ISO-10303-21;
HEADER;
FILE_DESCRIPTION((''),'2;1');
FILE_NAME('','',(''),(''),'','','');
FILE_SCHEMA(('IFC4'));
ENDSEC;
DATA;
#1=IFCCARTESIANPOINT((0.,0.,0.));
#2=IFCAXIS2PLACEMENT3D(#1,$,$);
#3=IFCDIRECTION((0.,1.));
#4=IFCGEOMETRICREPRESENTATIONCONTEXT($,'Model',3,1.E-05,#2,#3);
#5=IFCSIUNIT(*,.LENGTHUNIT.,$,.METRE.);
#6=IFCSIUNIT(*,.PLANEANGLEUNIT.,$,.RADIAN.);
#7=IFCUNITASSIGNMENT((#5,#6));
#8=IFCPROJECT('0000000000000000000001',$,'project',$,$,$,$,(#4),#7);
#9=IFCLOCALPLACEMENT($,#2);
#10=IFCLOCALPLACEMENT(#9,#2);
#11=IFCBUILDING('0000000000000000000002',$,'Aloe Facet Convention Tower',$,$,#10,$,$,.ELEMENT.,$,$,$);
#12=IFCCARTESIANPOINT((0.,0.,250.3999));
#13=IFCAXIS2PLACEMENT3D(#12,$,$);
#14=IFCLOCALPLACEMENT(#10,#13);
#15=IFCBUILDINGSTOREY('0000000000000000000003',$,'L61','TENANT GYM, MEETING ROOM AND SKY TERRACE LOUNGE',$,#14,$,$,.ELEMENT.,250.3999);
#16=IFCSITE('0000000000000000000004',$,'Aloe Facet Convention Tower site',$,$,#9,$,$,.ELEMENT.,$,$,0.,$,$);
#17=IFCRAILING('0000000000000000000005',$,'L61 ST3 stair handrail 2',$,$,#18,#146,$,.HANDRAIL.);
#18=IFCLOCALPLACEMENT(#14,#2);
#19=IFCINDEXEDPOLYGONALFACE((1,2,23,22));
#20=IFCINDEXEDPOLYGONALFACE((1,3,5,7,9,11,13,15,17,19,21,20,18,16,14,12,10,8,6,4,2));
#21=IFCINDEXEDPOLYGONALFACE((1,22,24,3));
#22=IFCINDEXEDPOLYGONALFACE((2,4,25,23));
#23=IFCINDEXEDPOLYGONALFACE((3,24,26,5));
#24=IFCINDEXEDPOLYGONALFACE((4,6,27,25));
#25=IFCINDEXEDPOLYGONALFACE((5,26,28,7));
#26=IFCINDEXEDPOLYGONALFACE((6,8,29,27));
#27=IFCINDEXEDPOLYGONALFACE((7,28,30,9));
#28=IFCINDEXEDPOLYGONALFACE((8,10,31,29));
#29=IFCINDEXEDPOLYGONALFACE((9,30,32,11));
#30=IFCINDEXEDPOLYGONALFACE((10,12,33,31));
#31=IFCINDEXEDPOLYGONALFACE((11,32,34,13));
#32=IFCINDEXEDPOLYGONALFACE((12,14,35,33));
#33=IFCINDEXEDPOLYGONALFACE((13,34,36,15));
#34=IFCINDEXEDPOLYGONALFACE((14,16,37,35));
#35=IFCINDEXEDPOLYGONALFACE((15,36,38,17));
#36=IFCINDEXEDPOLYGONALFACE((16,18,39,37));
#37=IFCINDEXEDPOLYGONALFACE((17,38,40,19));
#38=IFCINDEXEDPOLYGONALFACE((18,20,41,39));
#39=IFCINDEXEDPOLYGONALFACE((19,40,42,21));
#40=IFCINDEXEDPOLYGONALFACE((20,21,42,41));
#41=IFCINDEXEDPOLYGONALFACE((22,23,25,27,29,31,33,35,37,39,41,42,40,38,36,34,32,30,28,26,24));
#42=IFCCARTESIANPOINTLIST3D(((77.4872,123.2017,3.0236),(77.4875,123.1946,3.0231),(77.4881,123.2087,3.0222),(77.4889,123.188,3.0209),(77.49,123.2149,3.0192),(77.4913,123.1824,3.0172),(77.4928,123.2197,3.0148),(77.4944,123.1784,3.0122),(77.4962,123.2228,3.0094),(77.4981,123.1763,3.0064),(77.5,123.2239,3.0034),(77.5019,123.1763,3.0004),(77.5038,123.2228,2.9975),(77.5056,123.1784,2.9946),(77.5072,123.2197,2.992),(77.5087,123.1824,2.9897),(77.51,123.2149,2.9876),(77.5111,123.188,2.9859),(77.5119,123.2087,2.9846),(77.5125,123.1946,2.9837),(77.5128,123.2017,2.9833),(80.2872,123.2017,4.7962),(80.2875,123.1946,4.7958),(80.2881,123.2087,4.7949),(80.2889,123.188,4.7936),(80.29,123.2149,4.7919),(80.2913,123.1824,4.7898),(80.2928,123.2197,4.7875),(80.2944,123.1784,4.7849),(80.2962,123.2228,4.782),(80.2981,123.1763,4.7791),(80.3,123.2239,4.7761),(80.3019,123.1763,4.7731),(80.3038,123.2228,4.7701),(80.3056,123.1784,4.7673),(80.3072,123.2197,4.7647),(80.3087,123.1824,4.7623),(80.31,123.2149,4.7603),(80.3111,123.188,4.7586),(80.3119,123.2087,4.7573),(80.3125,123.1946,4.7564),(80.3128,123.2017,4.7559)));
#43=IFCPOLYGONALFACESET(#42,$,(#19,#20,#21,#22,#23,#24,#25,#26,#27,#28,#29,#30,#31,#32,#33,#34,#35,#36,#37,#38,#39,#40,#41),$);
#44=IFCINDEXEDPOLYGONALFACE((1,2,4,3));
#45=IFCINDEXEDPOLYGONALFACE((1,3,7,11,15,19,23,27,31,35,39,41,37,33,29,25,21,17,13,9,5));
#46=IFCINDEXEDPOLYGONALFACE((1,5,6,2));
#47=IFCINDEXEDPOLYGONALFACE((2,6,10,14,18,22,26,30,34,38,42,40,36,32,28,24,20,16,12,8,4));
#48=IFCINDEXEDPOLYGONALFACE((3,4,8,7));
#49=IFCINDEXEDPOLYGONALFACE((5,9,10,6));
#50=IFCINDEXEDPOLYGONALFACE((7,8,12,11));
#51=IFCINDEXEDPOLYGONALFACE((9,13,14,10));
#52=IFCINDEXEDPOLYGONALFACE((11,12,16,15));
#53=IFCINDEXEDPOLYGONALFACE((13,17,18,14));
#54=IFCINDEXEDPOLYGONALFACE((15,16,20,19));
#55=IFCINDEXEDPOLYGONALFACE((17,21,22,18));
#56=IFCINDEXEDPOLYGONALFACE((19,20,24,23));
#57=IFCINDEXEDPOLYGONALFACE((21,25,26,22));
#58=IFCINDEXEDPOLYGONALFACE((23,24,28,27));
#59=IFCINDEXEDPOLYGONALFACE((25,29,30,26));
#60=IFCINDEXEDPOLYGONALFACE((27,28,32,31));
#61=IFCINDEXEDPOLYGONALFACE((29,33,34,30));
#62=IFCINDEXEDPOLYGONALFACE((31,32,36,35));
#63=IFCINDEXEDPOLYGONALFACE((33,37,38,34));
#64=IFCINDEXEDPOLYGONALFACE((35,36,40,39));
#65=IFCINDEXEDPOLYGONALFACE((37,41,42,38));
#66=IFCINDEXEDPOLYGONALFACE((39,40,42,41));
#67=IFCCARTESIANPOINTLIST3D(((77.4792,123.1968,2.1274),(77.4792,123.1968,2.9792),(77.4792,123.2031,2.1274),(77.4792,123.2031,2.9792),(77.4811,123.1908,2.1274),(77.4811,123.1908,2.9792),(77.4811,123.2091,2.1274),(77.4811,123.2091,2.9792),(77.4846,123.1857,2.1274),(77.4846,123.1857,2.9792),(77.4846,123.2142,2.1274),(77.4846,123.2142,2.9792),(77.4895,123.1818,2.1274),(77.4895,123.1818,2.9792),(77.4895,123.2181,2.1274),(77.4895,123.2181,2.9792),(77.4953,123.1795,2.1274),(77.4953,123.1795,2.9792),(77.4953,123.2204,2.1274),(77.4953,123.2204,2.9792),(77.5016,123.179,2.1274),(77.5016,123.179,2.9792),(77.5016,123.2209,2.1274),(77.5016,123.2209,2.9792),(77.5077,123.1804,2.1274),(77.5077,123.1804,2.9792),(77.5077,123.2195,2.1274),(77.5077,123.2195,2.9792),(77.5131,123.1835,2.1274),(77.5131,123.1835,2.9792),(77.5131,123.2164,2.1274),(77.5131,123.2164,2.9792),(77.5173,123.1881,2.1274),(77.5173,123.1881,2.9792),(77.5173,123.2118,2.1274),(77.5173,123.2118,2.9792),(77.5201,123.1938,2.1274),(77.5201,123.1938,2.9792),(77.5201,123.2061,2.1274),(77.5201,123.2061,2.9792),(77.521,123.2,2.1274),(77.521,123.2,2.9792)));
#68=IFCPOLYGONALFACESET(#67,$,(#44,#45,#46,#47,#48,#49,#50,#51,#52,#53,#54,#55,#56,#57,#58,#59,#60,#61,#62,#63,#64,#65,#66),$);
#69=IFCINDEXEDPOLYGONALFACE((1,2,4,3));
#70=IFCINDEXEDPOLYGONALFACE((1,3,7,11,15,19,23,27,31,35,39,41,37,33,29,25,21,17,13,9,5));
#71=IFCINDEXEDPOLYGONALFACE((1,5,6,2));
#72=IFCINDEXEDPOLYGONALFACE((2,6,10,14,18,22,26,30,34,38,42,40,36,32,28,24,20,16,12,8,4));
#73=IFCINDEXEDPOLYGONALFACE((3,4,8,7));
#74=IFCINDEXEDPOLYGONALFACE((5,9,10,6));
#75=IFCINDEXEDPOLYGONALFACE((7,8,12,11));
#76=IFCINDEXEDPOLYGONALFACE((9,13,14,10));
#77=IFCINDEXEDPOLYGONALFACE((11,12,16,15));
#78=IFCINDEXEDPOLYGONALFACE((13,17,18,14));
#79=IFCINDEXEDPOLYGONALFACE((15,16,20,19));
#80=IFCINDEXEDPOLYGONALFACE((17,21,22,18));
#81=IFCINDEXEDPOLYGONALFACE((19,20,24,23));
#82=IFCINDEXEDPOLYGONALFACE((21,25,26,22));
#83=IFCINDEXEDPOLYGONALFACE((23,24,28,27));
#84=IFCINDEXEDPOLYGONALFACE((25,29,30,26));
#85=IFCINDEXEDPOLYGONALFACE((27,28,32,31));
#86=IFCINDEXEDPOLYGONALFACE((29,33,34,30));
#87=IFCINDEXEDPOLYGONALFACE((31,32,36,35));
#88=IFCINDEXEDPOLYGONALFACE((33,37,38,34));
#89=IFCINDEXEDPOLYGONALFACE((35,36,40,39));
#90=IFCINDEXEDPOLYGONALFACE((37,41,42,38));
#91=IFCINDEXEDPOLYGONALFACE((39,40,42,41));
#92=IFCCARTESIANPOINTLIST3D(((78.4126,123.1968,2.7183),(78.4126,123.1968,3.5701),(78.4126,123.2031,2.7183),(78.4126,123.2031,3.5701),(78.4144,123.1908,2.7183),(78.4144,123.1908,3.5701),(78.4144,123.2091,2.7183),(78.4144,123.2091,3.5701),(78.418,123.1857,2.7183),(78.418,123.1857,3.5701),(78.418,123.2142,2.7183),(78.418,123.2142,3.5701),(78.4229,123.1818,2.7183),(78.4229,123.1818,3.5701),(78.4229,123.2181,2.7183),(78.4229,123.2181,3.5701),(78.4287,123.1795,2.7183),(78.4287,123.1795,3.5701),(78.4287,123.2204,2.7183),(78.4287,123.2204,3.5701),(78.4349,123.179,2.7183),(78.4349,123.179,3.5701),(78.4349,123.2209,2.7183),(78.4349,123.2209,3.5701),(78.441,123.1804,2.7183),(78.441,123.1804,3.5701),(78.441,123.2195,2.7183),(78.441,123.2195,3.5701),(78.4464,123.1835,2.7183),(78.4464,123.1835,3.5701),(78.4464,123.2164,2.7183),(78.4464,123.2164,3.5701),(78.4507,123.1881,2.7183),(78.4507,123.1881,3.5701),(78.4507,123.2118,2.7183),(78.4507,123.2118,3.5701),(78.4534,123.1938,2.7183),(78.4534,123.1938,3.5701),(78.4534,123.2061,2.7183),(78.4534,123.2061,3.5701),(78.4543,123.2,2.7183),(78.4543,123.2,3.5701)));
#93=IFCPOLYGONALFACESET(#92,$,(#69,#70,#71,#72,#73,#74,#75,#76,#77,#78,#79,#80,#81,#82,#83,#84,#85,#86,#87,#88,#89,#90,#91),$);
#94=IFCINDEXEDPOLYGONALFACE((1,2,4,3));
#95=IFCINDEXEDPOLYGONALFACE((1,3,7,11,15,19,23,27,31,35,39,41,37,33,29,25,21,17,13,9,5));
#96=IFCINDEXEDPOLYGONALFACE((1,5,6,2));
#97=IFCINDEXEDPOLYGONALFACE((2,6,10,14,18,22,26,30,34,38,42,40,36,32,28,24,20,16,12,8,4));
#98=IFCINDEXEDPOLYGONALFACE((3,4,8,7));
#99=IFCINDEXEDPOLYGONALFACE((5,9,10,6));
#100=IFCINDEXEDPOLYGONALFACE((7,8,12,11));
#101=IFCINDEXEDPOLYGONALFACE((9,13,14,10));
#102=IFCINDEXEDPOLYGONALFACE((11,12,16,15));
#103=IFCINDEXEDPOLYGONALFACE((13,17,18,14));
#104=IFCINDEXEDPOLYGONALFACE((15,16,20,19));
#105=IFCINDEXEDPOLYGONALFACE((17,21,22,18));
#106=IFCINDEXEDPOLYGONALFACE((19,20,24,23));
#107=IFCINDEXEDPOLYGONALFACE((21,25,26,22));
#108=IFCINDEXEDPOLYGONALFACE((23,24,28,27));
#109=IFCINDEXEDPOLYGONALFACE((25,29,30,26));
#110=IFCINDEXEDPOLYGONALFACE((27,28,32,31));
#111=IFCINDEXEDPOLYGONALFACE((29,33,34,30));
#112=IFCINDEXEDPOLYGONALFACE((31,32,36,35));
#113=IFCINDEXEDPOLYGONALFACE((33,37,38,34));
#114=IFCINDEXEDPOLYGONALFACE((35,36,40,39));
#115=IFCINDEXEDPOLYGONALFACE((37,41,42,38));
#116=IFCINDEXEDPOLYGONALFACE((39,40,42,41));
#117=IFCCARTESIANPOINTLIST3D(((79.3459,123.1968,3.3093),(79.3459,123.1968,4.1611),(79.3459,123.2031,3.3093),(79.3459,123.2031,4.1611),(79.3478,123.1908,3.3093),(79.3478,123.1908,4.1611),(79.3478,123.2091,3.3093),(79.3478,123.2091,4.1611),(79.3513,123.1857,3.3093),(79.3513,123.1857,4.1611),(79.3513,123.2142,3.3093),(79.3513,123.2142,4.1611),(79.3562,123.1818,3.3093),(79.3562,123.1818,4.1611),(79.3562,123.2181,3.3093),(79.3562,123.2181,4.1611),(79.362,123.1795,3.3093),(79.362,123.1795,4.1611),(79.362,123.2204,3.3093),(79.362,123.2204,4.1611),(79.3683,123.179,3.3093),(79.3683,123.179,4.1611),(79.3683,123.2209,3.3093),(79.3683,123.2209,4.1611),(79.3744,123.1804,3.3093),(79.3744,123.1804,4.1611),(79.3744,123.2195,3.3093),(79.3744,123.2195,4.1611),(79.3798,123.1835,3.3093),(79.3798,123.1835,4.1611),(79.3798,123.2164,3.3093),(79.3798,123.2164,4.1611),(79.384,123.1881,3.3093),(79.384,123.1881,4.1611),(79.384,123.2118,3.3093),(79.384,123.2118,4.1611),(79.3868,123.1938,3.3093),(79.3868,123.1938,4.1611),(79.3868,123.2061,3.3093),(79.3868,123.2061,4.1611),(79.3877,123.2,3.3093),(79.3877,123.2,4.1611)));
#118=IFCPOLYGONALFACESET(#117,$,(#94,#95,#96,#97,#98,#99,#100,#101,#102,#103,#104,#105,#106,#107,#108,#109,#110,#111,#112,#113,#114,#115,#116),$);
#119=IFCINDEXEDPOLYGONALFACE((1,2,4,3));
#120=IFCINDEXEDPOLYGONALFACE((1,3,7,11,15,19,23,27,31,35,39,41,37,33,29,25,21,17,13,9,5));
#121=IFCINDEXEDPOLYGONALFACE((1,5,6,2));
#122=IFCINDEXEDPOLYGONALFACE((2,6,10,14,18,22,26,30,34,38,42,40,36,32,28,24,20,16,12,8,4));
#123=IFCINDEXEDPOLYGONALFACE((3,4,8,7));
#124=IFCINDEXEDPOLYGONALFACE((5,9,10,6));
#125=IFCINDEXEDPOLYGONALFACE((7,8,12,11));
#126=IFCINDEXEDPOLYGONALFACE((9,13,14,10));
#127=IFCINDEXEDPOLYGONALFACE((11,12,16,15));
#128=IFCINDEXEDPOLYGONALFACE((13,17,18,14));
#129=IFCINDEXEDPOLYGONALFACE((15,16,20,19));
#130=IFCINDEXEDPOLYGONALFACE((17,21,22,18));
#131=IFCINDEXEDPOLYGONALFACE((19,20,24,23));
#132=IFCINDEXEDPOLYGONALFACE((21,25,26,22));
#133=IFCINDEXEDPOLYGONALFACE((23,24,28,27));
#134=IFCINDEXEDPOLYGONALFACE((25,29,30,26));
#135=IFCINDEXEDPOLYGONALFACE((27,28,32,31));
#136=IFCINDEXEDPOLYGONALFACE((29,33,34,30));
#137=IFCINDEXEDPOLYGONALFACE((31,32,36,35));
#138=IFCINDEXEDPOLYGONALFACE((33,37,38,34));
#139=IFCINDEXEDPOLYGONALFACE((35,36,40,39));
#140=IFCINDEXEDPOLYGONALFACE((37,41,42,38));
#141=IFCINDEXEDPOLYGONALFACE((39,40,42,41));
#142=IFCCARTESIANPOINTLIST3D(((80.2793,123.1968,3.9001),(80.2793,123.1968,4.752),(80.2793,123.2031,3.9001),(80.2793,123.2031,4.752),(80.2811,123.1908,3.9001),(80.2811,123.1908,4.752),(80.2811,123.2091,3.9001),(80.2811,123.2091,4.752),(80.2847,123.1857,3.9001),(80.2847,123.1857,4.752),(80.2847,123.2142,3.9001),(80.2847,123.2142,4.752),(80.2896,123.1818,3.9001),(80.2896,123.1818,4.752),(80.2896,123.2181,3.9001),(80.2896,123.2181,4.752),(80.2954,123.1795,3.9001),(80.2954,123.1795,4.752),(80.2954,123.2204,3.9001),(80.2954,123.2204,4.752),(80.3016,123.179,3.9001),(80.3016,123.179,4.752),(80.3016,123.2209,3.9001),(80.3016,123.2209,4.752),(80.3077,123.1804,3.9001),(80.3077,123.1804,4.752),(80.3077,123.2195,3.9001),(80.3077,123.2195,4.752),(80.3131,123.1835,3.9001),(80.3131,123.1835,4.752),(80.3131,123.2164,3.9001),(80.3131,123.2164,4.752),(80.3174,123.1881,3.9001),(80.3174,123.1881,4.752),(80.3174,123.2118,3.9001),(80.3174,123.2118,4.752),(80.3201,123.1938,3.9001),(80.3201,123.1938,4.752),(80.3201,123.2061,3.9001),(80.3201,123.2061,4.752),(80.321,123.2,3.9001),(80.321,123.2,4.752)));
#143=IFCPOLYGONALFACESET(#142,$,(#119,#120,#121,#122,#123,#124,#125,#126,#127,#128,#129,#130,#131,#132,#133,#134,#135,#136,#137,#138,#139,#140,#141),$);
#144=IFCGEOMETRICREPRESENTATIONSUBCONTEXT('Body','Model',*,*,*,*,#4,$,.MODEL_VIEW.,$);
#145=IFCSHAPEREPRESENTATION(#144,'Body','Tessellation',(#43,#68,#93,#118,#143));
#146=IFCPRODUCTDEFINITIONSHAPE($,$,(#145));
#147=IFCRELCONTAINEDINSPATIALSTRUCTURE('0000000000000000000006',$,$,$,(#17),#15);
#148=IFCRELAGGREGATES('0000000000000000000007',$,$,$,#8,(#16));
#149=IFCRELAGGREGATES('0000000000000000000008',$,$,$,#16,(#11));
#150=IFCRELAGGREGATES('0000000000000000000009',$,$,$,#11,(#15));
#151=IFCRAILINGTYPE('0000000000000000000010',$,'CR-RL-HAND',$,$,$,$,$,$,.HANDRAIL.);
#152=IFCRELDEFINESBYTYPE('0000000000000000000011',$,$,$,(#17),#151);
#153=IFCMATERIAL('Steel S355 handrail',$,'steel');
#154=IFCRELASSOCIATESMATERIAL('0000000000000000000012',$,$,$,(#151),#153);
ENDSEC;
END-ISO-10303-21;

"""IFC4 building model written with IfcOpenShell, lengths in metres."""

from ifc_helpers import new_model, si_unit, direction, frame, origin, origin_2d, place, context, subcontext, project, spatial, circle, extrude, material, type_object, element, save


model = new_model("IFC4")

# Units and contexts
model_context = context("Model", 3, precision=1e-05, world=origin(), true_north=direction((0.0, 1.0)))
body_context = subcontext(model_context, "Body", "Model", "MODEL_VIEW")
ifc_project = project(units=[si_unit("LENGTHUNIT", "METRE"), si_unit("PLANEANGLEUNIT", "RADIAN")], contexts=[model_context])

# Site, building, storey
site_placement = place(None, origin())
site = spatial("IfcSite", under=ifc_project, at=site_placement, Name="Aloe Facet Convention Tower site", CompositionType="ELEMENT", RefElevation=0.0)
building_placement = place(site_placement, origin())
building = spatial("IfcBuilding", under=site, at=building_placement, Name="Aloe Facet Convention Tower", CompositionType="ELEMENT")
storey_placement = place(building_placement, frame((0.0, 0.0, 250.3999)))
storey = spatial("IfcBuildingStorey", under=building, at=storey_placement, Name="L61", Description="TENANT GYM, MEETING ROOM AND SKY TERRACE LOUNGE", CompositionType="ELEMENT", Elevation=250.3999)

# Railing
ifc_material_1 = material(Name="Steel S355 handrail", Category="steel")
railing_type = type_object("IfcRailingType", Name="CR-RL-HAND", PredefinedType="HANDRAIL", material=ifc_material_1)
railing_placement = place(storey_placement, frame((77.5, 123.2, 2.1274)))
element("IfcRailing", 1, at=railing_placement, inside=storey, type_object=railing_type, Name="L61 ST3 stair handrail 2", PredefinedType="HANDRAIL", context=body_context, shape_type="SweptSolid", body=[
    extrude(circle(Radius=0.0239, at=origin_2d()), frame((0.0, 0.0, 0.876), z_axis=(0.844909, 0.0, 0.53491), x_axis=(0.0, 1.0, 0.0)), (0.0, 0.0, 1.0), 3.314),
    extrude(circle(Radius=0.021, at=origin_2d()), origin(), (0.0, 0.0, 1.0), 0.8518),
    extrude(circle(Radius=0.021, at=origin_2d()), frame((0.9333, 0.0, 0.5908)), (0.0, 0.0, 1.0), 0.8518),
    extrude(circle(Radius=0.021, at=origin_2d()), frame((1.8667, 0.0, 1.1819)), (0.0, 0.0, 1.0), 0.8518),
    extrude(circle(Radius=0.021, at=origin_2d()), frame((2.8, 0.0, 1.7727)), (0.0, 0.0, 1.0), 0.8518),
])

save(model, "model.ifc")
